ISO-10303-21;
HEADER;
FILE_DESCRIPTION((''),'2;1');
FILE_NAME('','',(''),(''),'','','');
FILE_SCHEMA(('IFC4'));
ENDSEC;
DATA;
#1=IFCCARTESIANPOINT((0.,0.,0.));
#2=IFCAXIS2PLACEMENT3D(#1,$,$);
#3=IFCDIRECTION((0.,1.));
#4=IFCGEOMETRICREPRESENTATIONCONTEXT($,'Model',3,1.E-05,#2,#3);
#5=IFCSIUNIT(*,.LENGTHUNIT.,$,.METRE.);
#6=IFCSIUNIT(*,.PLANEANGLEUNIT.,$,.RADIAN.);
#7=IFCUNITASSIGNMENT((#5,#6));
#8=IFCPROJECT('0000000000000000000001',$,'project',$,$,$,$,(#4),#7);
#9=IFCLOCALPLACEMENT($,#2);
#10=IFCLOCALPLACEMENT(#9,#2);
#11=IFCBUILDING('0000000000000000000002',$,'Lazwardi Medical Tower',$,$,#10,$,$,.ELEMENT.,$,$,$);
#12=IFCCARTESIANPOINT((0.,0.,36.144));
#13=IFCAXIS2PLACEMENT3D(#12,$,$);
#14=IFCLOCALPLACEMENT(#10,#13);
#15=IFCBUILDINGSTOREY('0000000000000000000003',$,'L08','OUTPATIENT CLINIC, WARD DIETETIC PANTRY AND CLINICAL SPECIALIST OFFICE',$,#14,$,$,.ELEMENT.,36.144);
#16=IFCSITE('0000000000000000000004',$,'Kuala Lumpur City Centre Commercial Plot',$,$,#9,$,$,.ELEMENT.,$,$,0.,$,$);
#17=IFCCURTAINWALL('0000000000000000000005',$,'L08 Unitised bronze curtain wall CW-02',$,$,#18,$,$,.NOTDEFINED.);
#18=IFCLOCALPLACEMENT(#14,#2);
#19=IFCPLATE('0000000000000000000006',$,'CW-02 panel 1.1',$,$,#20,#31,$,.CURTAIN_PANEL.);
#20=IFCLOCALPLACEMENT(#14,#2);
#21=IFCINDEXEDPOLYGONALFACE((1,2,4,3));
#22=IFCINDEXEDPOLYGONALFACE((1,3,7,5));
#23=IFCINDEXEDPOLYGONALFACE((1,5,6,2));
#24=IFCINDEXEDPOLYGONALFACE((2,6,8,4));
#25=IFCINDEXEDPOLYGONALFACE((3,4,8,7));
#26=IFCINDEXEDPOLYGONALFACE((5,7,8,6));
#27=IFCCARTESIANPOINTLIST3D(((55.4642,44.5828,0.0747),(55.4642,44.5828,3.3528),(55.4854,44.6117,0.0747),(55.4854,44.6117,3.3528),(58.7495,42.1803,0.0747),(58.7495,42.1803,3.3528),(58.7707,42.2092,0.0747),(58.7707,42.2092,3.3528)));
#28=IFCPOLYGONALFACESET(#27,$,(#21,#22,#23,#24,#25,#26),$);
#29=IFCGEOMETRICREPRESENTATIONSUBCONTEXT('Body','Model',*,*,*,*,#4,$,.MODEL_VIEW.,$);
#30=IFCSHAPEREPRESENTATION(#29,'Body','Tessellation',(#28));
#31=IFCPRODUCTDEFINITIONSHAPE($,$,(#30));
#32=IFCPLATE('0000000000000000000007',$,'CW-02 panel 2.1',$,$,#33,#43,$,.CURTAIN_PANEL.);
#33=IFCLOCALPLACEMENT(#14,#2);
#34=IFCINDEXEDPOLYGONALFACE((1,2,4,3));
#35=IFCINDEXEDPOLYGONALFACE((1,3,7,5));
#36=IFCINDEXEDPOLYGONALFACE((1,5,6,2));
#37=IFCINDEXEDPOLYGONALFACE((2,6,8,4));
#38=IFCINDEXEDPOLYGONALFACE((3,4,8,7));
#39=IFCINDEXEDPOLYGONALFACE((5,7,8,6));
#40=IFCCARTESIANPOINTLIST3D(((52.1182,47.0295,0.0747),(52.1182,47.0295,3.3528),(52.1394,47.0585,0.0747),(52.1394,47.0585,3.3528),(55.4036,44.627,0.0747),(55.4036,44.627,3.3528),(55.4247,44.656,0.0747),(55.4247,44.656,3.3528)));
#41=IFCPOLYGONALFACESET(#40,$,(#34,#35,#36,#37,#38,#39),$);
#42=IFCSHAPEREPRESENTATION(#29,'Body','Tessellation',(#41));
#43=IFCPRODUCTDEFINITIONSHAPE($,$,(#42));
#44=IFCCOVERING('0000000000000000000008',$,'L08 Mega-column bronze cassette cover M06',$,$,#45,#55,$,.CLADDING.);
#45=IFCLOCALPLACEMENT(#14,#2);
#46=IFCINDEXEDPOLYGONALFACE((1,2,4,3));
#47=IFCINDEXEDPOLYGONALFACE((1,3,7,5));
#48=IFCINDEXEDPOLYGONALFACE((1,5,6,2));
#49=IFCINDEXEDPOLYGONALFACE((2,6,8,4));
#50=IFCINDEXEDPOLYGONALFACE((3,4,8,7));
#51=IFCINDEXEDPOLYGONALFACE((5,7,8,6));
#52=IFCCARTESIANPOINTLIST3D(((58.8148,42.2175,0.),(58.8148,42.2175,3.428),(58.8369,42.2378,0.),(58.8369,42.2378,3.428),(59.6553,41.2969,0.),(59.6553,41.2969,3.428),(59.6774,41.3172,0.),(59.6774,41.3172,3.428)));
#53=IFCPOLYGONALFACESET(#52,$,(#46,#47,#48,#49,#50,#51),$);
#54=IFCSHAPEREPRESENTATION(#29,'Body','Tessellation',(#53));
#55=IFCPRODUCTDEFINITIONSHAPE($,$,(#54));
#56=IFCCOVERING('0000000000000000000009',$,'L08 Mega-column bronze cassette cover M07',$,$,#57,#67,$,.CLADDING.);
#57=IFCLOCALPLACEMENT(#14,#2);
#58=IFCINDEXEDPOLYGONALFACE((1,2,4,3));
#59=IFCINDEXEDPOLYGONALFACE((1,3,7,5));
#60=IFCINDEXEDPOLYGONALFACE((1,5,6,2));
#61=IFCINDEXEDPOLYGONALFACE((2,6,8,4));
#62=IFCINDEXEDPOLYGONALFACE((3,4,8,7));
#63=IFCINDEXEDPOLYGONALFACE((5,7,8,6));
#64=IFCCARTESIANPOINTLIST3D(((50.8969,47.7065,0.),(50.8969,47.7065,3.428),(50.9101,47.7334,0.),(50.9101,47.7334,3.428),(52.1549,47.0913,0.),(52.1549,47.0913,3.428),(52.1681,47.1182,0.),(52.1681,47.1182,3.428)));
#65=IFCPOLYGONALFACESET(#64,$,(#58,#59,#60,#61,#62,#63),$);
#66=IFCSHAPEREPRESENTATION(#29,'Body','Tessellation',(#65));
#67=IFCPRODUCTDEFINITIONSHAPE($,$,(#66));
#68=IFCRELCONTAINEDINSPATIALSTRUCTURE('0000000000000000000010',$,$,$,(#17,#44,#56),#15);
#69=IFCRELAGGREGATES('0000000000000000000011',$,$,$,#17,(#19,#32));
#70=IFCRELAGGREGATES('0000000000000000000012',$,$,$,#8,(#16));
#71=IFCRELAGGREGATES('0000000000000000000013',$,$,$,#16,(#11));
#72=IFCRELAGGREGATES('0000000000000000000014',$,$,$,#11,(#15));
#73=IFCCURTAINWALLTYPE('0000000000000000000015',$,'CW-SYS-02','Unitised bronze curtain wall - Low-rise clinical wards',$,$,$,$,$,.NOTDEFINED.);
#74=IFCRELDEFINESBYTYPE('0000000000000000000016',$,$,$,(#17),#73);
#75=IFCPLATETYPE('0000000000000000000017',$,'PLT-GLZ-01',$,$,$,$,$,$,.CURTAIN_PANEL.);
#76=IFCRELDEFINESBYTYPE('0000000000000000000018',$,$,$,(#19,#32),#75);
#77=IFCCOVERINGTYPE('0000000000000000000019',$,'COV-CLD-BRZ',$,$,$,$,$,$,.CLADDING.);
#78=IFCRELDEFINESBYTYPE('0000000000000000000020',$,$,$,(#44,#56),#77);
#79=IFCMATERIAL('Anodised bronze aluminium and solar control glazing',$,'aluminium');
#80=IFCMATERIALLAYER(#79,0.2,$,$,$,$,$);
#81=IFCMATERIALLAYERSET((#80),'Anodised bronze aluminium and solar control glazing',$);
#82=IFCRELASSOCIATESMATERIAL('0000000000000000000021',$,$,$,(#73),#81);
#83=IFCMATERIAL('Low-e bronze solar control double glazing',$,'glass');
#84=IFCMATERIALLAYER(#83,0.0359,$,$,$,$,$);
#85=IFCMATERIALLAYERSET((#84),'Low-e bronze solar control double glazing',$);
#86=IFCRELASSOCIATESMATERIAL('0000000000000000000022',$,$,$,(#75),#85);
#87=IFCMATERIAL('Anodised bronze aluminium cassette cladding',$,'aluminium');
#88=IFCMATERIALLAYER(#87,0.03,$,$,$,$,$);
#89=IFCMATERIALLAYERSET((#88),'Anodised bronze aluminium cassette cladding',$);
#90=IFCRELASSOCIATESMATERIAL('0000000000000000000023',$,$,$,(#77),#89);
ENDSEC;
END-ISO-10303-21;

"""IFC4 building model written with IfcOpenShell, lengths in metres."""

from ifc_helpers import new_model, si_unit, direction, frame, origin, origin_2d, place, context, subcontext, project, spatial, rectangle, extrude, material, layer, layer_set, type_object, element, aggregate, save


model = new_model("IFC4")

# Units and contexts
model_context = context("Model", 3, precision=1e-05, world=origin(), true_north=direction((0.0, 1.0)))
body_context = subcontext(model_context, "Body", "Model", "MODEL_VIEW")
ifc_project = project(units=[si_unit("LENGTHUNIT", "METRE"), si_unit("PLANEANGLEUNIT", "RADIAN")], contexts=[model_context])

# Site, building, storey
site_placement = place(None, origin())
site = spatial("IfcSite", under=ifc_project, at=site_placement, Name="Kuala Lumpur City Centre Commercial Plot", CompositionType="ELEMENT", RefElevation=0.0)
building_placement = place(site_placement, origin())
building = spatial("IfcBuilding", under=site, at=building_placement, Name="Lazwardi Medical Tower", CompositionType="ELEMENT")
storey_placement = place(building_placement, frame((0.0, 0.0, 36.144)))
storey = spatial("IfcBuildingStorey", under=building, at=storey_placement, Name="L08", Description="OUTPATIENT CLINIC, WARD DIETETIC PANTRY AND CLINICAL SPECIALIST OFFICE", CompositionType="ELEMENT", Elevation=36.144)

# Shared definitions
ifc_material_1 = material(Name="Anodised bronze aluminium and solar control glazing", Category="aluminium")
ifc_layer_1 = layer(ifc_material_1, 0.2)
ifc_layer_set_1 = layer_set([ifc_layer_1], Name="Anodised bronze aluminium and solar control glazing")
curtain_wall_type = type_object("IfcCurtainWallType", Name="CW-SYS-02", Description="Unitised bronze curtain wall - Low-rise clinical wards", PredefinedType="NOTDEFINED", material=ifc_layer_set_1)

# Curtain wall
curtain_wall_1_placement = place(storey_placement, origin())
curtain_wall_1 = element("IfcCurtainWall", 1, at=curtain_wall_1_placement, inside=storey, type_object=curtain_wall_type, Name="L08 Unitised bronze curtain wall CW-02", PredefinedType="NOTDEFINED")

# Plates
ifc_material_2 = material(Name="Low-e bronze solar control double glazing", Category="glass")
ifc_layer_2 = layer(ifc_material_2, 0.0359)
ifc_layer_set_2 = layer_set([ifc_layer_2], Name="Low-e bronze solar control double glazing")
plate_type = type_object("IfcPlateType", Name="PLT-GLZ-01", PredefinedType="CURTAIN_PANEL", material=ifc_layer_set_2)
plate_1_placement = place(storey_placement, frame((57.1174, 43.396, 0.0747), z_axis=(0.0, 0.0, 1.0), x_axis=(-0.807192, 0.590289, 0.0)))
plate_1 = element("IfcPlate", 2, at=plate_1_placement, type_object=plate_type, Name="CW-02 panel 1.1", PredefinedType="CURTAIN_PANEL", context=body_context, shape_type="SweptSolid", body=[
    extrude(rectangle(XDim=4.0701, YDim=0.0359, at=origin_2d()), origin(), (0.0, 0.0, 1.0), 3.2781),
])
plate_2_placement = place(storey_placement, frame((53.7715, 45.8428, 0.0747), z_axis=(0.0, 0.0, 1.0), x_axis=(-0.807192, 0.590289, 0.0)))
plate_2 = element("IfcPlate", 3, at=plate_2_placement, type_object=plate_type, Name="CW-02 panel 2.1", PredefinedType="CURTAIN_PANEL", context=body_context, shape_type="SweptSolid", body=[
    extrude(rectangle(XDim=4.0701, YDim=0.0359, at=origin_2d()), origin(), (0.0, 0.0, 1.0), 3.2781),
])
aggregate(curtain_wall_1, [plate_1, plate_2])

# Coverings
ifc_material_3 = material(Name="Anodised bronze aluminium cassette cladding", Category="aluminium")
ifc_layer_3 = layer(ifc_material_3, 0.03)
ifc_layer_set_3 = layer_set([ifc_layer_3], Name="Anodised bronze aluminium cassette cladding")
covering_type = type_object("IfcCoveringType", Name="COV-CLD-BRZ", PredefinedType="CLADDING", material=ifc_layer_set_3)
covering_1_placement = place(storey_placement, frame((59.2461, 41.7673, 0.0), z_axis=(0.0, 0.0, 1.0), x_axis=(-0.674252, 0.738501, 0.0)))
element("IfcCovering", 4, at=covering_1_placement, inside=storey, type_object=covering_type, Name="L08 Mega-column bronze cassette cover M06", PredefinedType="CLADDING", context=body_context, shape_type="SweptSolid", body=[
    extrude(rectangle(XDim=1.2466, YDim=0.03, at=origin_2d()), origin(), (0.0, 0.0, 1.0), 3.428),
])
covering_2_placement = place(storey_placement, frame((51.5325, 47.4124, 0.0), z_axis=(0.0, 0.0, 1.0), x_axis=(-0.898334, 0.439312, 0.0)))
element("IfcCovering", 5, at=covering_2_placement, inside=storey, type_object=covering_type, Name="L08 Mega-column bronze cassette cover M07", PredefinedType="CLADDING", context=body_context, shape_type="SweptSolid", body=[
    extrude(rectangle(XDim=1.4004, YDim=0.03, at=origin_2d()), origin(), (0.0, 0.0, 1.0), 3.428),
])

save(model, "model.ifc")
